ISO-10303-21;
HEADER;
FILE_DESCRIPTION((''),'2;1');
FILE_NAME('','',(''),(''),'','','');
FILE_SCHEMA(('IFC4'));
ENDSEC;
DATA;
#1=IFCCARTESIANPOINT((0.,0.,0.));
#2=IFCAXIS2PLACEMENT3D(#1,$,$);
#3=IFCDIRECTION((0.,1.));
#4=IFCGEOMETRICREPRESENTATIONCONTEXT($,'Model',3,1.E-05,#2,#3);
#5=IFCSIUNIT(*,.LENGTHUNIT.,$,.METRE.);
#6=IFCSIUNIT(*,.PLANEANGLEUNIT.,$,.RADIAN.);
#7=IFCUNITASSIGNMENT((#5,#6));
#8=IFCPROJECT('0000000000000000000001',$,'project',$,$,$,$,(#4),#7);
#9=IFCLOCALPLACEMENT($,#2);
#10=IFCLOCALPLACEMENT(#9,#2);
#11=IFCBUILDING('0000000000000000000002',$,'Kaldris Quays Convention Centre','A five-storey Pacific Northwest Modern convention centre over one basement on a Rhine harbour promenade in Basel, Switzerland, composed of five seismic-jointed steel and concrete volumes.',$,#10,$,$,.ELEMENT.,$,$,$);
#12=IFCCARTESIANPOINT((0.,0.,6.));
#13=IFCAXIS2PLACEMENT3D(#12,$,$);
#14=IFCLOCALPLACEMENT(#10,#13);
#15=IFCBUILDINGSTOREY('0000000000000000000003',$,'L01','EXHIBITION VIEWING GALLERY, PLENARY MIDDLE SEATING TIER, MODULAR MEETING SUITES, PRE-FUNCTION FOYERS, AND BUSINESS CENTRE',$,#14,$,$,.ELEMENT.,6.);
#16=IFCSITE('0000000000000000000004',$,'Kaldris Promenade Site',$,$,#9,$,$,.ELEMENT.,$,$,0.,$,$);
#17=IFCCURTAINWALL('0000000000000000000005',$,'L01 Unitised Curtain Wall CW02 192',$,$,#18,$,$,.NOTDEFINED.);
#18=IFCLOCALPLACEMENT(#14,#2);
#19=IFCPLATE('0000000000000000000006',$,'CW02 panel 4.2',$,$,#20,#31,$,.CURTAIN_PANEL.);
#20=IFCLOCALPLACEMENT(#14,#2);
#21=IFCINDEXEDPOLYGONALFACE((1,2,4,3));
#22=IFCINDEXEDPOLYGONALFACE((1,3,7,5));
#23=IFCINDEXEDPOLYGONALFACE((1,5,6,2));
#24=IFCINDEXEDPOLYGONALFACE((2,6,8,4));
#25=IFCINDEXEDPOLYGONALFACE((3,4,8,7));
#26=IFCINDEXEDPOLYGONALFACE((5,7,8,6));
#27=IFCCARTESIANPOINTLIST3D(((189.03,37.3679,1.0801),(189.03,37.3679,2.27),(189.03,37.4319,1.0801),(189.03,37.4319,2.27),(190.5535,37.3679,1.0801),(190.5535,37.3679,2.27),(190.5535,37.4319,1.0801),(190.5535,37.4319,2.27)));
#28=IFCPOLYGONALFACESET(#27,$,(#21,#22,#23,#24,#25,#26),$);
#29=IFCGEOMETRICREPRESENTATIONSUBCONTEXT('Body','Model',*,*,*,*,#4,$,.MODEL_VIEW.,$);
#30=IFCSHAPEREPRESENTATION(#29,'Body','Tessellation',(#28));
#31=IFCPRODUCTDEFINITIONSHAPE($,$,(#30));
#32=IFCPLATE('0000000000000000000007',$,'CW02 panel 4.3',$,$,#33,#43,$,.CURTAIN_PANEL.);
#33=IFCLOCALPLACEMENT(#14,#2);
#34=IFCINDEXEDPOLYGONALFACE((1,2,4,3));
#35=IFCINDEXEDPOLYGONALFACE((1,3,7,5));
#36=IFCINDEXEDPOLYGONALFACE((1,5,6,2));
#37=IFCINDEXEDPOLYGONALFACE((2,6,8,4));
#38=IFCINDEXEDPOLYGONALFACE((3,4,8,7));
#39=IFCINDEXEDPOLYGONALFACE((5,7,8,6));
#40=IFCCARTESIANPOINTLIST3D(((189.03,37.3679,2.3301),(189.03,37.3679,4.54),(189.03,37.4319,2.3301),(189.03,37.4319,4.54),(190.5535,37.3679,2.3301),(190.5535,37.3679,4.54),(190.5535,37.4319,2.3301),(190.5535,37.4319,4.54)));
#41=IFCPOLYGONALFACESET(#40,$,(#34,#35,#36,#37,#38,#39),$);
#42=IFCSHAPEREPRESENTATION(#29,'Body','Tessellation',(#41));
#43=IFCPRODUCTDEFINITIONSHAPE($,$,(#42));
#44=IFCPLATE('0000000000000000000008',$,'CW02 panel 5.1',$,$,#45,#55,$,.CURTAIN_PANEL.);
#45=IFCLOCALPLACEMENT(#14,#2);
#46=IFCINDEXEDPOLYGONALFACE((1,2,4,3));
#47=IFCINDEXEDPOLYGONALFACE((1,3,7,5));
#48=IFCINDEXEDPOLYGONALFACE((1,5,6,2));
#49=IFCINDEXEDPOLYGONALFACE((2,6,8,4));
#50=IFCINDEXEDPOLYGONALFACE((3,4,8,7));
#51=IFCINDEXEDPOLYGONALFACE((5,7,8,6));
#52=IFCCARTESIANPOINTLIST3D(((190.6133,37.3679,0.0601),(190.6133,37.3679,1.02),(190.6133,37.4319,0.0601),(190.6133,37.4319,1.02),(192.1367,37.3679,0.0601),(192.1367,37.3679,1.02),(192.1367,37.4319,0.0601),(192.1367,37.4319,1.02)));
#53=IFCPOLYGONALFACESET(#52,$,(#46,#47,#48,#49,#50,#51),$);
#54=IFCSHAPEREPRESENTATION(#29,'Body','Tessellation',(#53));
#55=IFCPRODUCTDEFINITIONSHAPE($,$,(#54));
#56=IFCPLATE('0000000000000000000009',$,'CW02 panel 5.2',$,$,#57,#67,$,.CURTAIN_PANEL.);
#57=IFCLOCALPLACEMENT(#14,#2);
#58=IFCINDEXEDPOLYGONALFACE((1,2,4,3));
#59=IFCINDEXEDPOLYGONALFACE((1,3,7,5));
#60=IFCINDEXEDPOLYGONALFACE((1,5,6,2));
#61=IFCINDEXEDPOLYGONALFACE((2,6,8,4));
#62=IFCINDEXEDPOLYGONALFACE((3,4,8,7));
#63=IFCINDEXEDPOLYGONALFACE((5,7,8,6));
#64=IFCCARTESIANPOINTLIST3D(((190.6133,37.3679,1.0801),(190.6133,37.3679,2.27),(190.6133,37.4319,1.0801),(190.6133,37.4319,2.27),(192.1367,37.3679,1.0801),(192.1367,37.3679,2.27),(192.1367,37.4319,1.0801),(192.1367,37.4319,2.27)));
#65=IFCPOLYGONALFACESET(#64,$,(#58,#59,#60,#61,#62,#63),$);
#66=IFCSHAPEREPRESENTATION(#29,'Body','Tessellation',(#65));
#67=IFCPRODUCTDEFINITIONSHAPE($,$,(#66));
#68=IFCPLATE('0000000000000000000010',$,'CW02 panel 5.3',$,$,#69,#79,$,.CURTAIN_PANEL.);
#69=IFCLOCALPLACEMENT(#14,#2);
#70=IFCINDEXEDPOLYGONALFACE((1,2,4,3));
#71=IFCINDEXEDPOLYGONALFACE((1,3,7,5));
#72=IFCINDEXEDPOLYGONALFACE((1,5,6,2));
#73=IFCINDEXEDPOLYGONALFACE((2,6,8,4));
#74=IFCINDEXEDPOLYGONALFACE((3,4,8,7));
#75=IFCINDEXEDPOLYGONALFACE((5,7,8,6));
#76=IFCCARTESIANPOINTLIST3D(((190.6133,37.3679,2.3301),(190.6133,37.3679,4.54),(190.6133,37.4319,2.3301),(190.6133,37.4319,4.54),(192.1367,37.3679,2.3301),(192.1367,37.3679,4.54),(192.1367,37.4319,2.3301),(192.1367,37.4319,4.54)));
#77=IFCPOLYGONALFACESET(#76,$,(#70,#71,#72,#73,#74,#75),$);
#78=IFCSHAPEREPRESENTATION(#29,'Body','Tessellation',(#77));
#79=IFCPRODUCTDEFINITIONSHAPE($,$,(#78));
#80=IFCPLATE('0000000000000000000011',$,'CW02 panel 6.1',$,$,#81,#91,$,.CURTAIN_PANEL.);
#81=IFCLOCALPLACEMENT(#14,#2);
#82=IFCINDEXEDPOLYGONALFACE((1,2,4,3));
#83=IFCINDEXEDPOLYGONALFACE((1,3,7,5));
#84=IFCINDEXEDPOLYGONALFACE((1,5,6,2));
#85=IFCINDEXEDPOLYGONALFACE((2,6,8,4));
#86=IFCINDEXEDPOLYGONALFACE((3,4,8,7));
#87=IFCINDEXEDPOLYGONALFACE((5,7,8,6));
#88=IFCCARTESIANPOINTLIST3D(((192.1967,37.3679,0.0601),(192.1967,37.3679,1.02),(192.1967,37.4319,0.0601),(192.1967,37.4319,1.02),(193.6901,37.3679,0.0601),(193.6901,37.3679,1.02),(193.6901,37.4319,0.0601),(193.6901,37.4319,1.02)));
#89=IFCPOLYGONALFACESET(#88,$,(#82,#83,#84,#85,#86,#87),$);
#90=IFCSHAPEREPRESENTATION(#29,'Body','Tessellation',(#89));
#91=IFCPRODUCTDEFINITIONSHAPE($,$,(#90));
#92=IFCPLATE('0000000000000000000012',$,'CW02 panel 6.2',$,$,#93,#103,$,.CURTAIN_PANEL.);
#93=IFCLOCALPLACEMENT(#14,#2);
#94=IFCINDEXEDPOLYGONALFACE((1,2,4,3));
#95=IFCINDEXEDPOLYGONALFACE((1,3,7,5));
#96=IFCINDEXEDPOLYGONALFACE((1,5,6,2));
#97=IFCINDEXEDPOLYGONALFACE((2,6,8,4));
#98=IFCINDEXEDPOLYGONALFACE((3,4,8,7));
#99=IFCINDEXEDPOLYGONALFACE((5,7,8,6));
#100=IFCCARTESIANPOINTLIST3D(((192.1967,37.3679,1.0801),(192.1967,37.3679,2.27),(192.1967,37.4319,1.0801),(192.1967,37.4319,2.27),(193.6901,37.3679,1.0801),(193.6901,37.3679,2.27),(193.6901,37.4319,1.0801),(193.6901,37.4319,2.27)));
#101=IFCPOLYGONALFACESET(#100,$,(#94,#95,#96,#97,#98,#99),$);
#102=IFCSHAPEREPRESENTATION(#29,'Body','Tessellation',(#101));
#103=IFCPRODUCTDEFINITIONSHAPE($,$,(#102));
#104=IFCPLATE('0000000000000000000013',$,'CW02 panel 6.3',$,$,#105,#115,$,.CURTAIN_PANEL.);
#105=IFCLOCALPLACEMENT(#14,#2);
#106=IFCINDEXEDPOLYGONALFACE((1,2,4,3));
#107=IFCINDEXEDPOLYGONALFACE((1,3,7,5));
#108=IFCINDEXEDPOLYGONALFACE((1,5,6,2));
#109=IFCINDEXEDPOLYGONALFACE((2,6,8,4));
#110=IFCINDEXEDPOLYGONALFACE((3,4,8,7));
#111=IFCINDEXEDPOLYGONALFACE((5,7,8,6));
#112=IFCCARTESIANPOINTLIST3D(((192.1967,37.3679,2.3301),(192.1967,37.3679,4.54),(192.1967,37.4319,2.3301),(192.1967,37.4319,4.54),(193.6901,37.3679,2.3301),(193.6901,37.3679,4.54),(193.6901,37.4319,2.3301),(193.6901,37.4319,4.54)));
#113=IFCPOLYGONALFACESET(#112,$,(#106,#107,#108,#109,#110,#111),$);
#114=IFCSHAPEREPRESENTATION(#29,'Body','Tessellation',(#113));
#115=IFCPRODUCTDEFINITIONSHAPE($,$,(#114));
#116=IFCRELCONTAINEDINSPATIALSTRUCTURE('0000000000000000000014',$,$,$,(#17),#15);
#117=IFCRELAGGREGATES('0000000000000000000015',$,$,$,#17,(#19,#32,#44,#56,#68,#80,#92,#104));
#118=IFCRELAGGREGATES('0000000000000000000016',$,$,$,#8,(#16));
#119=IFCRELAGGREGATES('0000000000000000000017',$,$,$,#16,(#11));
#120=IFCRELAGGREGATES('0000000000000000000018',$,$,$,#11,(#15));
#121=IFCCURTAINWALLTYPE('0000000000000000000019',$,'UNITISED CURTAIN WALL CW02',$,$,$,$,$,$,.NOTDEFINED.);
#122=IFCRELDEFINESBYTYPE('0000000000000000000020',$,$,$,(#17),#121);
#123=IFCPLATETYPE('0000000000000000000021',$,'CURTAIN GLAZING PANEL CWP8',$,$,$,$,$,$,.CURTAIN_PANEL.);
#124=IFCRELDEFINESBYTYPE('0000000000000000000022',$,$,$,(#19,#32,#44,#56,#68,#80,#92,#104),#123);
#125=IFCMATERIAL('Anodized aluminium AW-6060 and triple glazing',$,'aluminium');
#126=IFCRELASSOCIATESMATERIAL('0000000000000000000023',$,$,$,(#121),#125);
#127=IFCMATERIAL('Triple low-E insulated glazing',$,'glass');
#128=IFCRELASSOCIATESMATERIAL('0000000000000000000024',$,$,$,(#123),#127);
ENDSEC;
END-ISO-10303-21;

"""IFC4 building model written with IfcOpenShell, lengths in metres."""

from ifc_helpers import new_model, si_unit, direction, frame, origin, origin_2d, place, context, subcontext, project, spatial, rectangle, extrude, material, type_object, element, aggregate, save


model = new_model("IFC4")

# Units and contexts
model_context = context("Model", 3, precision=1e-05, world=origin(), true_north=direction((0.0, 1.0)))
body_context = subcontext(model_context, "Body", "Model", "MODEL_VIEW")
ifc_project = project(units=[si_unit("LENGTHUNIT", "METRE"), si_unit("PLANEANGLEUNIT", "RADIAN")], contexts=[model_context])

# Site, building, storey
site_placement = place(None, origin())
site = spatial("IfcSite", under=ifc_project, at=site_placement, Name="Kaldris Promenade Site", CompositionType="ELEMENT", RefElevation=0.0)
building_placement = place(site_placement, origin())
building = spatial("IfcBuilding", under=site, at=building_placement, Name="Kaldris Quays Convention Centre", Description="A five-storey Pacific Northwest Modern convention centre over one basement on a Rhine harbour promenade in Basel, Switzerland, composed of five seismic-jointed steel and concrete volumes.", CompositionType="ELEMENT")
storey_placement = place(building_placement, frame((0.0, 0.0, 6.0)))
storey = spatial("IfcBuildingStorey", under=building, at=storey_placement, Name="L01", Description="EXHIBITION VIEWING GALLERY, PLENARY MIDDLE SEATING TIER, MODULAR MEETING SUITES, PRE-FUNCTION FOYERS, AND BUSINESS CENTRE", CompositionType="ELEMENT", Elevation=6.0)

# Curtain wall
ifc_material_1 = material(Name="Anodized aluminium AW-6060 and triple glazing", Category="aluminium")
curtain_wall_type = type_object("IfcCurtainWallType", Name="UNITISED CURTAIN WALL CW02", PredefinedType="NOTDEFINED", material=ifc_material_1)
curtain_wall_placement = place(storey_placement, origin())
curtain_wall = element("IfcCurtainWall", 1, at=curtain_wall_placement, inside=storey, type_object=curtain_wall_type, Name="L01 Unitised Curtain Wall CW02 192", PredefinedType="NOTDEFINED")

# Plates
ifc_material_2 = material(Name="Triple low-E insulated glazing", Category="glass")
plate_type = type_object("IfcPlateType", Name="CURTAIN GLAZING PANEL CWP8", PredefinedType="CURTAIN_PANEL", material=ifc_material_2)
plate_1_placement = place(storey_placement, frame((189.7917, 37.3999, 1.0801), z_axis=(0.0, 0.0, 1.0), x_axis=(1.0, 0.0, 0.0)))
plate_1 = element("IfcPlate", 2, at=plate_1_placement, type_object=plate_type, Name="CW02 panel 4.2", PredefinedType="CURTAIN_PANEL", context=body_context, shape_type="SweptSolid", body=[
    extrude(rectangle(XDim=1.5234, YDim=0.064, at=origin_2d()), origin(), (0.0, 0.0, 1.0), 1.1899),
])
plate_2_placement = place(storey_placement, frame((189.7917, 37.3999, 2.3301), z_axis=(0.0, 0.0, 1.0), x_axis=(1.0, 0.0, 0.0)))
plate_2 = element("IfcPlate", 3, at=plate_2_placement, type_object=plate_type, Name="CW02 panel 4.3", PredefinedType="CURTAIN_PANEL", context=body_context, shape_type="SweptSolid", body=[
    extrude(rectangle(XDim=1.5234, YDim=0.064, at=origin_2d()), origin(), (0.0, 0.0, 1.0), 2.21),
])
plate_3_placement = place(storey_placement, frame((191.375, 37.3999, 0.0601), z_axis=(0.0, 0.0, 1.0), x_axis=(1.0, 0.0, 0.0)))
plate_3 = element("IfcPlate", 4, at=plate_3_placement, type_object=plate_type, Name="CW02 panel 5.1", PredefinedType="CURTAIN_PANEL", context=body_context, shape_type="SweptSolid", body=[
    extrude(rectangle(XDim=1.5234, YDim=0.064, at=origin_2d()), origin(), (0.0, 0.0, 1.0), 0.96),
])
plate_4_placement = place(storey_placement, frame((191.375, 37.3999, 1.0801), z_axis=(0.0, 0.0, 1.0), x_axis=(1.0, 0.0, 0.0)))
plate_4 = element("IfcPlate", 5, at=plate_4_placement, type_object=plate_type, Name="CW02 panel 5.2", PredefinedType="CURTAIN_PANEL", context=body_context, shape_type="SweptSolid", body=[
    extrude(rectangle(XDim=1.5234, YDim=0.064, at=origin_2d()), origin(), (0.0, 0.0, 1.0), 1.1899),
])
plate_5_placement = place(storey_placement, frame((191.375, 37.3999, 2.3301), z_axis=(0.0, 0.0, 1.0), x_axis=(1.0, 0.0, 0.0)))
plate_5 = element("IfcPlate", 6, at=plate_5_placement, type_object=plate_type, Name="CW02 panel 5.3", PredefinedType="CURTAIN_PANEL", context=body_context, shape_type="SweptSolid", body=[
    extrude(rectangle(XDim=1.5234, YDim=0.064, at=origin_2d()), origin(), (0.0, 0.0, 1.0), 2.21),
])
plate_6_placement = place(storey_placement, frame((192.9434, 37.3999, 0.0601), z_axis=(0.0, 0.0, 1.0), x_axis=(1.0, 0.0, 0.0)))
plate_6 = element("IfcPlate", 7, at=plate_6_placement, type_object=plate_type, Name="CW02 panel 6.1", PredefinedType="CURTAIN_PANEL", context=body_context, shape_type="SweptSolid", body=[
    extrude(rectangle(XDim=1.4934, YDim=0.064, at=origin_2d()), origin(), (0.0, 0.0, 1.0), 0.96),
])
plate_7_placement = place(storey_placement, frame((192.9434, 37.3999, 1.0801), z_axis=(0.0, 0.0, 1.0), x_axis=(1.0, 0.0, 0.0)))
plate_7 = element("IfcPlate", 8, at=plate_7_placement, type_object=plate_type, Name="CW02 panel 6.2", PredefinedType="CURTAIN_PANEL", context=body_context, shape_type="SweptSolid", body=[
    extrude(rectangle(XDim=1.4934, YDim=0.064, at=origin_2d()), origin(), (0.0, 0.0, 1.0), 1.1899),
])
plate_8_placement = place(storey_placement, frame((192.9434, 37.3999, 2.3301), z_axis=(0.0, 0.0, 1.0), x_axis=(1.0, 0.0, 0.0)))
plate_8 = element("IfcPlate", 9, at=plate_8_placement, type_object=plate_type, Name="CW02 panel 6.3", PredefinedType="CURTAIN_PANEL", context=body_context, shape_type="SweptSolid", body=[
    extrude(rectangle(XDim=1.4934, YDim=0.064, at=origin_2d()), origin(), (0.0, 0.0, 1.0), 2.21),
])
aggregate(curtain_wall, [plate_1, plate_2, plate_3, plate_4, plate_5, plate_6, plate_7, plate_8])

save(model, "model.ifc")
